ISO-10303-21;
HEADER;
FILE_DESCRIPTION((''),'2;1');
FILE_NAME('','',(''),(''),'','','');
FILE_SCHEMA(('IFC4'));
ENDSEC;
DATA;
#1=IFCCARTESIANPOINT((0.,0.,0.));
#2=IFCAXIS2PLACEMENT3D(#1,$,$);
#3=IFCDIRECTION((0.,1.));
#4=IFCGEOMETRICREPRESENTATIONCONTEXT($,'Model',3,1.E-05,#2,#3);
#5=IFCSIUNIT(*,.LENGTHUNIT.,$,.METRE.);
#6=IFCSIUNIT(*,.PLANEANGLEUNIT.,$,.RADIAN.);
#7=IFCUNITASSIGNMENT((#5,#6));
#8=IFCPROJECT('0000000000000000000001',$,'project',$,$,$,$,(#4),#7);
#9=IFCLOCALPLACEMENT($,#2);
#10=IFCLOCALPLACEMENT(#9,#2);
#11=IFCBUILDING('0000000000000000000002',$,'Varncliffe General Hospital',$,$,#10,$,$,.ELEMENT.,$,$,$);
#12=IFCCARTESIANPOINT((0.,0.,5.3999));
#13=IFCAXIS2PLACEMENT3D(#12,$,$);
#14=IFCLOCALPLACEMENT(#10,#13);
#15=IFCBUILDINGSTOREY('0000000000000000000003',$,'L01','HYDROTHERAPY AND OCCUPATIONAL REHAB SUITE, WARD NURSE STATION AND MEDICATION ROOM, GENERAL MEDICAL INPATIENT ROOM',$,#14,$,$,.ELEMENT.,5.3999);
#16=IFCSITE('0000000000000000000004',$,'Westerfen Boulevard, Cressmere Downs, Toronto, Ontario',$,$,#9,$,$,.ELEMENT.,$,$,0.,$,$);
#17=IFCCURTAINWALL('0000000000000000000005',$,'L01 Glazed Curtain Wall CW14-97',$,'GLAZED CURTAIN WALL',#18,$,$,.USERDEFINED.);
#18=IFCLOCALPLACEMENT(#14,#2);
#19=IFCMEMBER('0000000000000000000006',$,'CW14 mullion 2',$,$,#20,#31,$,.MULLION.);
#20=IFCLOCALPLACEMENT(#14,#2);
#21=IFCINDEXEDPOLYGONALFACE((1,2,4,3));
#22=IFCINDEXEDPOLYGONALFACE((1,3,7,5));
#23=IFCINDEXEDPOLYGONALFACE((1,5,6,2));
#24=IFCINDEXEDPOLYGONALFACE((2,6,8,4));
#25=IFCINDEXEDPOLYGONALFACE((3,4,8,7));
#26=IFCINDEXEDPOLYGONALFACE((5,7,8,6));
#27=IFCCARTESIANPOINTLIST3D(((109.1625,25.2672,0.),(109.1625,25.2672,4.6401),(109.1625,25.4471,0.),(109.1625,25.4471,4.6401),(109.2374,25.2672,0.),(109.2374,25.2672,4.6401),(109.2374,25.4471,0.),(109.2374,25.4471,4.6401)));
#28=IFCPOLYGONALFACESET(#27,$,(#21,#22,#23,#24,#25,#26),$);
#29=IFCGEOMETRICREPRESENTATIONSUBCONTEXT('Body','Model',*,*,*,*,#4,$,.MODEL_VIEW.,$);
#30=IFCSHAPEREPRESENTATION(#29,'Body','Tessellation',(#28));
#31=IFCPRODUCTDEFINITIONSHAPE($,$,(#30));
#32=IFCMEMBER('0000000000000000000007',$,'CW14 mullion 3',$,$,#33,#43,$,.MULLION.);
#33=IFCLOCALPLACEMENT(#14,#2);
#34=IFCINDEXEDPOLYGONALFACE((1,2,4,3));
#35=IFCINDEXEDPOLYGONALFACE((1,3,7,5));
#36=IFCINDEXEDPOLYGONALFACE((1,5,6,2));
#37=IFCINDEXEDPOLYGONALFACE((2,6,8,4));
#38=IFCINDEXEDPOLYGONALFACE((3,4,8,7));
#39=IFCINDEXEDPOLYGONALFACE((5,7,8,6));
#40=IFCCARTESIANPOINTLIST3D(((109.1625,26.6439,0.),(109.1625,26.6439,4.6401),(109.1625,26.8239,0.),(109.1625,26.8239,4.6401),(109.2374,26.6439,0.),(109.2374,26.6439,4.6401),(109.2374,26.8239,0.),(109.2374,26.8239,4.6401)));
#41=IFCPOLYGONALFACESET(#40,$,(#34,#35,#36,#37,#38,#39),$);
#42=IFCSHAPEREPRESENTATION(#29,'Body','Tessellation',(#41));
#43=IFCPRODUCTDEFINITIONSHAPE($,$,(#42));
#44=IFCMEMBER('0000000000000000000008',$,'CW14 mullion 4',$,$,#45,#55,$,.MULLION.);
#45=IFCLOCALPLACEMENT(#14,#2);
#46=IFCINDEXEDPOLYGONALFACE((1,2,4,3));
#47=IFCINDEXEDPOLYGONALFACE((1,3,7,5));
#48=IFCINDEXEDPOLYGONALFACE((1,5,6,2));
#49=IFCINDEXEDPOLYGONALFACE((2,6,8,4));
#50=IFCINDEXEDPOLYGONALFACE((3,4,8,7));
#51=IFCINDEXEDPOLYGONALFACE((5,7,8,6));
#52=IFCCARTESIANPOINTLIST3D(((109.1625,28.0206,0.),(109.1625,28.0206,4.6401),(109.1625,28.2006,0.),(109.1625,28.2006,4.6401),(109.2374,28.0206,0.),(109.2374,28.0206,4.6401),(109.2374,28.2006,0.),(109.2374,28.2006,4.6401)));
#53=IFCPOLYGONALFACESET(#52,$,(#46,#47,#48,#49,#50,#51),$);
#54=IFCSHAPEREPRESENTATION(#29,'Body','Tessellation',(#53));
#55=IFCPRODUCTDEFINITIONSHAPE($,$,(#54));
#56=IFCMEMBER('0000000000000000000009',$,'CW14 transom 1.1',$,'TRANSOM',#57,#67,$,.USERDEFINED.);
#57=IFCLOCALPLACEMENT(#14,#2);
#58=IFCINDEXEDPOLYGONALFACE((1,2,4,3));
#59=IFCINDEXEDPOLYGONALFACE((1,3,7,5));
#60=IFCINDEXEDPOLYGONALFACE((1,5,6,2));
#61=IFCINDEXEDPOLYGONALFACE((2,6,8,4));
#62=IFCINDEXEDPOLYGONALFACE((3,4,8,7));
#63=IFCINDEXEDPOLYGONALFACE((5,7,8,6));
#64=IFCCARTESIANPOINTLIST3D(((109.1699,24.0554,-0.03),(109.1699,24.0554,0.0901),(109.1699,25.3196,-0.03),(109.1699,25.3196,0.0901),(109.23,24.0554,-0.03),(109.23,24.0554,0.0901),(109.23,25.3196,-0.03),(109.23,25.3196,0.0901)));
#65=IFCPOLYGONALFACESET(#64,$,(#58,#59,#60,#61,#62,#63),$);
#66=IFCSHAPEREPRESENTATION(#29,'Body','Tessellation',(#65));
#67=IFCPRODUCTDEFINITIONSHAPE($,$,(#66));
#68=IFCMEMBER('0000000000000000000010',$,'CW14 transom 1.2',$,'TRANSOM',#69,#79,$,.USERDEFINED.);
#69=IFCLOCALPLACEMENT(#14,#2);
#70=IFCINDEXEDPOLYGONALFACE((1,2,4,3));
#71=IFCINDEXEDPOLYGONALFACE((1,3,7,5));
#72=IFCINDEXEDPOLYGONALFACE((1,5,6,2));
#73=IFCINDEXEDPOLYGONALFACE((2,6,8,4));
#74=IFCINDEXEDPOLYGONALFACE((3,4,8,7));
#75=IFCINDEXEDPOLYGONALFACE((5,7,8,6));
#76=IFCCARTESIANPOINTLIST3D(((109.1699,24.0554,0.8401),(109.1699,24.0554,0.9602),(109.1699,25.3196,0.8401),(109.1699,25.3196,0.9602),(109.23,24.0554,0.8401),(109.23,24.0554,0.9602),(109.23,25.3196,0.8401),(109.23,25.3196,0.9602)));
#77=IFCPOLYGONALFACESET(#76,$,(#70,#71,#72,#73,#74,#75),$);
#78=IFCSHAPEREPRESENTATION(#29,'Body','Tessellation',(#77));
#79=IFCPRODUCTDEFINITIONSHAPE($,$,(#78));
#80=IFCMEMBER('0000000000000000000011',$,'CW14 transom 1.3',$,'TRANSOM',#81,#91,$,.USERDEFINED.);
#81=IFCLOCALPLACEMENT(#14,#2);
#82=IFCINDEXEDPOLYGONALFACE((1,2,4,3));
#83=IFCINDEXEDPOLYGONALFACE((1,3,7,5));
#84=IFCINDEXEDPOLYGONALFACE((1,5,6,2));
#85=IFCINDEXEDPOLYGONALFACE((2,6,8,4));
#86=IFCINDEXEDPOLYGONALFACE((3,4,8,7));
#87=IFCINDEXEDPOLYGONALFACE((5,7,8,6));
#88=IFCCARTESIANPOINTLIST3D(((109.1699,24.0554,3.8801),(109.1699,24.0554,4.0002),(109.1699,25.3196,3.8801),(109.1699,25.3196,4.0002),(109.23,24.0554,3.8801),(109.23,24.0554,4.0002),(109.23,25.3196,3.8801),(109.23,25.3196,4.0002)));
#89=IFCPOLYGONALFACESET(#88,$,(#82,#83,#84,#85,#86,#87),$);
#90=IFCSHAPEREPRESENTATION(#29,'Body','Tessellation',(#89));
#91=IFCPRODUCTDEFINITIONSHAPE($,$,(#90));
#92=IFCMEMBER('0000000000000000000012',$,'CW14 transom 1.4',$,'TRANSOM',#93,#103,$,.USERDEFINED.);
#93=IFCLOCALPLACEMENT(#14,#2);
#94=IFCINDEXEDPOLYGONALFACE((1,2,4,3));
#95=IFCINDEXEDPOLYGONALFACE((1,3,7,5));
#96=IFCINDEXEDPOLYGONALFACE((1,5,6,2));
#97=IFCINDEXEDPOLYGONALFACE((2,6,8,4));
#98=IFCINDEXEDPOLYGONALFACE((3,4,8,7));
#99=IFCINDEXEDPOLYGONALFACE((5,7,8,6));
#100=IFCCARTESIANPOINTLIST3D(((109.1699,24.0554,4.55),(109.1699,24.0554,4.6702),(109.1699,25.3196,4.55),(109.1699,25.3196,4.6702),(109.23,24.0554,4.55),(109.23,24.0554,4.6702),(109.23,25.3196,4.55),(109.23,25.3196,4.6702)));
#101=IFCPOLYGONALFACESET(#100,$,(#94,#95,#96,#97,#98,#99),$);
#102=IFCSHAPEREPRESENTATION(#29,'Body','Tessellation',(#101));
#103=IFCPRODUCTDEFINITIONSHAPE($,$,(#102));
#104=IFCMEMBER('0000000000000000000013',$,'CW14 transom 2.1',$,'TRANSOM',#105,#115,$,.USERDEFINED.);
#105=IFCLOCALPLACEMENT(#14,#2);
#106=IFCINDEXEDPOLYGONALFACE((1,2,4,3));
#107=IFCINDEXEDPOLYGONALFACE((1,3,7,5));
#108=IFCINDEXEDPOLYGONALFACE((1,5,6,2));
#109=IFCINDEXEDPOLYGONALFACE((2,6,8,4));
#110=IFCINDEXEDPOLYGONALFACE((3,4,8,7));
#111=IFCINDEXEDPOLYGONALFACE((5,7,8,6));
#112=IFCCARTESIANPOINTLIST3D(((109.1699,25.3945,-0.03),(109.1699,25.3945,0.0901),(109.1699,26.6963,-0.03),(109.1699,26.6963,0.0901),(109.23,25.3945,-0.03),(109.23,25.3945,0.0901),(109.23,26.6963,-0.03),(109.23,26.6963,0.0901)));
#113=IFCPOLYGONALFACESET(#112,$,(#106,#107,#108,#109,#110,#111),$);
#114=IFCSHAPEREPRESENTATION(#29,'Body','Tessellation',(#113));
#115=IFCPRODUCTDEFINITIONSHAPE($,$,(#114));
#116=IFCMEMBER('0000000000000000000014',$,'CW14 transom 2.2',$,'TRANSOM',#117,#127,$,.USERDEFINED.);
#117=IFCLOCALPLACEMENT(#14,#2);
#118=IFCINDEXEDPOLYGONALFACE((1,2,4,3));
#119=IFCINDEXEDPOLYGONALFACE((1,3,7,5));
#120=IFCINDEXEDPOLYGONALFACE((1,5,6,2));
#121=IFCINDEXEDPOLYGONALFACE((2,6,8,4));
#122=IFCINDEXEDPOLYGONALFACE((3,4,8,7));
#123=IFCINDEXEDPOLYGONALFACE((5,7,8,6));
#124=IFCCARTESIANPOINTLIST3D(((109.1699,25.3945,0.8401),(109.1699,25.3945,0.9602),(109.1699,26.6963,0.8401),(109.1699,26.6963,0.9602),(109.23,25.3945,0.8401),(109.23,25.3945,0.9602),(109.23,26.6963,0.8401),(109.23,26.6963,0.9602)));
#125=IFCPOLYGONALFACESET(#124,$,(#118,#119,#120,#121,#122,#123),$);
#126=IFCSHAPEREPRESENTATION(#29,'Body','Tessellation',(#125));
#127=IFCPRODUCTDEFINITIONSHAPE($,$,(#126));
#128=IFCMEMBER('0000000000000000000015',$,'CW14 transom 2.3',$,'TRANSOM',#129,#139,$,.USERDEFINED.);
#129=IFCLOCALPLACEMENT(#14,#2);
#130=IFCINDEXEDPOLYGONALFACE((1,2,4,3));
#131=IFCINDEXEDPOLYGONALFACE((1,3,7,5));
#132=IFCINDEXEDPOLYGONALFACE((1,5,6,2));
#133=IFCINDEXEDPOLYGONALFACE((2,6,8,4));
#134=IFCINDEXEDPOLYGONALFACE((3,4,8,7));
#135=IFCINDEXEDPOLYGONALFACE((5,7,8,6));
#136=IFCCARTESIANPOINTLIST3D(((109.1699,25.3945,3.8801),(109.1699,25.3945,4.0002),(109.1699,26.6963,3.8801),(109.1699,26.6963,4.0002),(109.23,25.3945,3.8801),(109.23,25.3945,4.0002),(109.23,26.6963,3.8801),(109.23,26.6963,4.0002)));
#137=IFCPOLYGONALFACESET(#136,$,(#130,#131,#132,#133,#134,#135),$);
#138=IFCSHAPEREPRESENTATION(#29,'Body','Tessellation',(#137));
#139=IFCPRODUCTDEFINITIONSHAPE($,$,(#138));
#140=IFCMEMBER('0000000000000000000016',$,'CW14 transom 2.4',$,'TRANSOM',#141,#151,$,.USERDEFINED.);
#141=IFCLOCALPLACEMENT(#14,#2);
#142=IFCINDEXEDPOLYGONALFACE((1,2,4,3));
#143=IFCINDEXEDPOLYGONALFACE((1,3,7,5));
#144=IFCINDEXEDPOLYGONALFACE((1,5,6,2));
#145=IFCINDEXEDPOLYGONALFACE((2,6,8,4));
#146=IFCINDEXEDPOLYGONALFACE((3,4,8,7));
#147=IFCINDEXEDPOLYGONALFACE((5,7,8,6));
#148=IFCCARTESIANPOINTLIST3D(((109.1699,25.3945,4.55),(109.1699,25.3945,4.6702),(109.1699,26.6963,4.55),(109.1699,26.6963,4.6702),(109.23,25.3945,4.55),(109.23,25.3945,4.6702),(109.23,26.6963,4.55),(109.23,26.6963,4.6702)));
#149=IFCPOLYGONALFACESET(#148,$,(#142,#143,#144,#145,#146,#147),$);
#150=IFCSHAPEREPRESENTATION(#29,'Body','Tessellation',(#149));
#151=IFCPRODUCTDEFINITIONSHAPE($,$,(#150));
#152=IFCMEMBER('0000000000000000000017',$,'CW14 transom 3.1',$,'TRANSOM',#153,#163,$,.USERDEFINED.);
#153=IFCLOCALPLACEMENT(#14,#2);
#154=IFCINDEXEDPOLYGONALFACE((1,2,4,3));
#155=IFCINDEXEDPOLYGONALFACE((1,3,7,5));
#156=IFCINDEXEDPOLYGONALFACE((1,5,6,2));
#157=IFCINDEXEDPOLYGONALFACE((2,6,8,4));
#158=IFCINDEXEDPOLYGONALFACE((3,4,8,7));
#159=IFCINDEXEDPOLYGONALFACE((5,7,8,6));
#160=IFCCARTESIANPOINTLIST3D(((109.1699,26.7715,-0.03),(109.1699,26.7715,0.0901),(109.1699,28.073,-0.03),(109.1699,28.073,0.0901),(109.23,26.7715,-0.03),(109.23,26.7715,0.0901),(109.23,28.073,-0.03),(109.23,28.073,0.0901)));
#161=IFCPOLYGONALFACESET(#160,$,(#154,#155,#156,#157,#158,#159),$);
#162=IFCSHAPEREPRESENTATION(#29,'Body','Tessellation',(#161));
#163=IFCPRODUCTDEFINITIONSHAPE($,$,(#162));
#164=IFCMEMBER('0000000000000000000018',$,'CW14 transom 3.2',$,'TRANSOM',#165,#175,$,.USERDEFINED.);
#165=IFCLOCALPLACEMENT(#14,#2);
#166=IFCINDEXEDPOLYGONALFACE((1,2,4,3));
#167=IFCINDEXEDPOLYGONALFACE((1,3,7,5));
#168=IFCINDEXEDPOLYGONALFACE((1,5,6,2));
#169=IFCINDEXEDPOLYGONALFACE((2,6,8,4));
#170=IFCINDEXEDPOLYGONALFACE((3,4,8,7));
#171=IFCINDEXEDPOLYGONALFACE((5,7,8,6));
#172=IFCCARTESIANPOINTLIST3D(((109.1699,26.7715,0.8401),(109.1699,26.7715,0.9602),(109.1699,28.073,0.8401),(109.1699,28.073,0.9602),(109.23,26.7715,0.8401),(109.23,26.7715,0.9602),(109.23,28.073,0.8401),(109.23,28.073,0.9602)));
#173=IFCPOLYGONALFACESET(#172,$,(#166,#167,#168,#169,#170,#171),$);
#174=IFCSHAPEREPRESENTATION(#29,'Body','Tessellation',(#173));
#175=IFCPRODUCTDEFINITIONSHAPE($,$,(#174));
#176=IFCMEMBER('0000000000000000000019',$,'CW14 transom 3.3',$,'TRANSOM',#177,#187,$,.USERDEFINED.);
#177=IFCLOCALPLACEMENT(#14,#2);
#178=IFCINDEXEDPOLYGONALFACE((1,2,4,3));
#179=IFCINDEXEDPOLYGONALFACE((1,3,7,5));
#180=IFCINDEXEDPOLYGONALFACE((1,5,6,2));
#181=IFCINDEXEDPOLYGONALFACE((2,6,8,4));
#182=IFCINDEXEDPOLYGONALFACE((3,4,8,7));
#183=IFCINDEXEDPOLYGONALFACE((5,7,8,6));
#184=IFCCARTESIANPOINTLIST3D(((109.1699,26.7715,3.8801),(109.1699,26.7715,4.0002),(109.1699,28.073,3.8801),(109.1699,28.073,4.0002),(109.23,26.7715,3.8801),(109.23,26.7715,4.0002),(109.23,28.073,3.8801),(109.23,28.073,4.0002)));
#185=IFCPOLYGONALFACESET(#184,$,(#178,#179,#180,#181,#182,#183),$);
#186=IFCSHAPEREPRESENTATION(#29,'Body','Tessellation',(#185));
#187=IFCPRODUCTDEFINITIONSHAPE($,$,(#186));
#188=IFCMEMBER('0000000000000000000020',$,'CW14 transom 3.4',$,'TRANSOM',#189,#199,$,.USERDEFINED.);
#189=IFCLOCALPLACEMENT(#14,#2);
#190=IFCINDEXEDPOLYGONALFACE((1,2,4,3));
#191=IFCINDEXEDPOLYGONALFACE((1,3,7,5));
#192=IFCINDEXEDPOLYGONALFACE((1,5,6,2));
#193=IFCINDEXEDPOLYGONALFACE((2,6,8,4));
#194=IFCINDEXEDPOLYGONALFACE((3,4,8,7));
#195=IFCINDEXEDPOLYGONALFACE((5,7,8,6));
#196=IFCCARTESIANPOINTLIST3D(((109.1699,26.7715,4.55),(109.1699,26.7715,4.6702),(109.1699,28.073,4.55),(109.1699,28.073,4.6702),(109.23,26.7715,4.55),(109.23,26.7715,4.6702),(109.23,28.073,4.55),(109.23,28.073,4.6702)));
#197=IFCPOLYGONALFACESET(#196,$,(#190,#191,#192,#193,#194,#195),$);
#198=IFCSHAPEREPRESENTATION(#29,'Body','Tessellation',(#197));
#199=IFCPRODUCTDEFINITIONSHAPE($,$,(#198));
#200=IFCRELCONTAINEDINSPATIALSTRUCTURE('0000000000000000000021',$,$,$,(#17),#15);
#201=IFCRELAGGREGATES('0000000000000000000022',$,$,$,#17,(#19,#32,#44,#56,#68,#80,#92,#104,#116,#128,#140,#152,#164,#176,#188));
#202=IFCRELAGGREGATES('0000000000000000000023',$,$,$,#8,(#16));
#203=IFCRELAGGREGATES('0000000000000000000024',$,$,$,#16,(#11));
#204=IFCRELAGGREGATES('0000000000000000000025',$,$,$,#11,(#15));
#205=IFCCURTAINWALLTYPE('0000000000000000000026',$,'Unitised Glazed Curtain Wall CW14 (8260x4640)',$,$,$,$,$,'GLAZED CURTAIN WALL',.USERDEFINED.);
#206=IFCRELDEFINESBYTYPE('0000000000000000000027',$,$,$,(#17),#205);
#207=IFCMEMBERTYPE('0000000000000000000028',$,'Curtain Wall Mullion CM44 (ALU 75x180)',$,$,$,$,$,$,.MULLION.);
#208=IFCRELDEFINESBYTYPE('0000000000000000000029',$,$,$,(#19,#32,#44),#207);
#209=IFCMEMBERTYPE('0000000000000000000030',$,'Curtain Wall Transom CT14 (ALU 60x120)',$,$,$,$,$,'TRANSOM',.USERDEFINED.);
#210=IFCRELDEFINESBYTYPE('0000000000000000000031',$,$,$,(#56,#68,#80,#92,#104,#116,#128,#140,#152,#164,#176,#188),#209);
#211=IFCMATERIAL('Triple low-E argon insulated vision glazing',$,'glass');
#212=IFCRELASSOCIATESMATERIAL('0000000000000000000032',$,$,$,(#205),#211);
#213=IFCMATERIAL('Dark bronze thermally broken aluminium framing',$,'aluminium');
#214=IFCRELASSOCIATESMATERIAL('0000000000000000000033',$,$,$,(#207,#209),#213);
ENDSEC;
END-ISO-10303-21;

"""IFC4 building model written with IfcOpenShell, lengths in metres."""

from ifc_helpers import new_model, si_unit, direction, frame, origin, origin_2d, place, context, subcontext, project, spatial, rectangle, extrude, material, material_profile, profile_set, type_object, element, aggregate, save


model = new_model("IFC4")

# Units and contexts
model_context = context("Model", 3, precision=1e-05, world=origin(), true_north=direction((0.0, 1.0)))
body_context = subcontext(model_context, "Body", "Model", "MODEL_VIEW")
ifc_project = project(units=[si_unit("LENGTHUNIT", "METRE"), si_unit("PLANEANGLEUNIT", "RADIAN")], contexts=[model_context])

# Site, building, storey
site_placement = place(None, origin())
site = spatial("IfcSite", under=ifc_project, at=site_placement, Name="Westerfen Boulevard, Cressmere Downs, Toronto, Ontario", CompositionType="ELEMENT", RefElevation=0.0)
building_placement = place(site_placement, origin())
building = spatial("IfcBuilding", under=site, at=building_placement, Name="Varncliffe General Hospital", CompositionType="ELEMENT")
storey_placement = place(building_placement, frame((0.0, 0.0, 5.3999)))
storey = spatial("IfcBuildingStorey", under=building, at=storey_placement, Name="L01", Description="HYDROTHERAPY AND OCCUPATIONAL REHAB SUITE, WARD NURSE STATION AND MEDICATION ROOM, GENERAL MEDICAL INPATIENT ROOM", CompositionType="ELEMENT", Elevation=5.3999)

# Curtain wall, members
ifc_material_1 = material(Name="Triple low-E argon insulated vision glazing", Category="glass")
curtain_wall_type = type_object("IfcCurtainWallType", Name="Unitised Glazed Curtain Wall CW14 (8260x4640)", ElementType="GLAZED CURTAIN WALL", PredefinedType="USERDEFINED", material=ifc_material_1)
curtain_wall_placement = place(storey_placement, origin())
curtain_wall = element("IfcCurtainWall", 1, at=curtain_wall_placement, inside=storey, type_object=curtain_wall_type, Name="L01 Glazed Curtain Wall CW14-97", ObjectType="GLAZED CURTAIN WALL", PredefinedType="USERDEFINED")
ifc_material_2 = material(Name="Dark bronze thermally broken aluminium framing", Category="aluminium")
ifc_material_profile_1 = material_profile(ifc_material_2, rectangle(XDim=0.075, YDim=0.1799, at=origin_2d()), Name="ALU 75x180")
ifc_profile_set_1 = profile_set([ifc_material_profile_1], Name="Dark bronze thermally broken aluminium framing")
member_type_1 = type_object("IfcMemberType", Name="Curtain Wall Mullion CM44 (ALU 75x180)", PredefinedType="MULLION", material=ifc_profile_set_1)
member_1_placement = place(storey_placement, frame((109.2, 25.3572, 0.0), z_axis=(0.0, 0.0, 1.0), x_axis=(-1.0, 0.0, 0.0)))
member_1 = element("IfcMember", 2, at=member_1_placement, type_object=member_type_1, Name="CW14 mullion 2", PredefinedType="MULLION", context=body_context, shape_type="SweptSolid", body=[
    extrude(rectangle(XDim=0.075, YDim=0.1799, at=origin_2d()), origin(), (0.0, 0.0, 1.0), 4.6401),
])
member_2_placement = place(storey_placement, frame((109.2, 26.7339, 0.0), z_axis=(0.0, 0.0, 1.0), x_axis=(-1.0, 0.0, 0.0)))
member_2 = element("IfcMember", 3, at=member_2_placement, type_object=member_type_1, Name="CW14 mullion 3", PredefinedType="MULLION", context=body_context, shape_type="SweptSolid", body=[
    extrude(rectangle(XDim=0.075, YDim=0.1799, at=origin_2d()), origin(), (0.0, 0.0, 1.0), 4.6401),
])
member_3_placement = place(storey_placement, frame((109.2, 28.1106, 0.0), z_axis=(0.0, 0.0, 1.0), x_axis=(-1.0, 0.0, 0.0)))
member_3 = element("IfcMember", 4, at=member_3_placement, type_object=member_type_1, Name="CW14 mullion 4", PredefinedType="MULLION", context=body_context, shape_type="SweptSolid", body=[
    extrude(rectangle(XDim=0.075, YDim=0.1799, at=origin_2d()), origin(), (0.0, 0.0, 1.0), 4.6401),
])
ifc_material_profile_2 = material_profile(ifc_material_2, rectangle(XDim=0.0601, YDim=0.1201, at=origin_2d()), Name="ALU 60x120")
ifc_profile_set_2 = profile_set([ifc_material_profile_2], Name="Dark bronze thermally broken aluminium framing")
member_type_2 = type_object("IfcMemberType", Name="Curtain Wall Transom CT14 (ALU 60x120)", ElementType="TRANSOM", PredefinedType="USERDEFINED", material=ifc_profile_set_2)
member_4_placement = place(storey_placement, frame((109.2, 24.0554, 0.03), z_axis=(0.0, 1.0, 0.0), x_axis=(-1.0, 0.0, 0.0)))
member_4 = element("IfcMember", 5, at=member_4_placement, type_object=member_type_2, Name="CW14 transom 1.1", ObjectType="TRANSOM", PredefinedType="USERDEFINED", context=body_context, shape_type="SweptSolid", body=[
    extrude(rectangle(XDim=0.0601, YDim=0.1201, at=origin_2d()), origin(), (0.0, 0.0, 1.0), 1.2642),
])
member_5_placement = place(storey_placement, frame((109.2, 24.0554, 0.9001), z_axis=(0.0, 1.0, 0.0), x_axis=(-1.0, 0.0, 0.0)))
member_5 = element("IfcMember", 6, at=member_5_placement, type_object=member_type_2, Name="CW14 transom 1.2", ObjectType="TRANSOM", PredefinedType="USERDEFINED", context=body_context, shape_type="SweptSolid", body=[
    extrude(rectangle(XDim=0.0601, YDim=0.1201, at=origin_2d()), origin(), (0.0, 0.0, 1.0), 1.2642),
])
member_6_placement = place(storey_placement, frame((109.2, 24.0554, 3.9402), z_axis=(0.0, 1.0, 0.0), x_axis=(-1.0, 0.0, 0.0)))
member_6 = element("IfcMember", 7, at=member_6_placement, type_object=member_type_2, Name="CW14 transom 1.3", ObjectType="TRANSOM", PredefinedType="USERDEFINED", context=body_context, shape_type="SweptSolid", body=[
    extrude(rectangle(XDim=0.0601, YDim=0.1201, at=origin_2d()), origin(), (0.0, 0.0, 1.0), 1.2642),
])
member_7_placement = place(storey_placement, frame((109.2, 24.0554, 4.6101), z_axis=(0.0, 1.0, 0.0), x_axis=(-1.0, 0.0, 0.0)))
member_7 = element("IfcMember", 8, at=member_7_placement, type_object=member_type_2, Name="CW14 transom 1.4", ObjectType="TRANSOM", PredefinedType="USERDEFINED", context=body_context, shape_type="SweptSolid", body=[
    extrude(rectangle(XDim=0.0601, YDim=0.1201, at=origin_2d()), origin(), (0.0, 0.0, 1.0), 1.2642),
])
member_8_placement = place(storey_placement, frame((109.2, 25.3945, 0.03), z_axis=(0.0, 1.0, 0.0), x_axis=(-1.0, 0.0, 0.0)))
member_8 = element("IfcMember", 9, at=member_8_placement, type_object=member_type_2, Name="CW14 transom 2.1", ObjectType="TRANSOM", PredefinedType="USERDEFINED", context=body_context, shape_type="SweptSolid", body=[
    extrude(rectangle(XDim=0.0601, YDim=0.1201, at=origin_2d()), origin(), (0.0, 0.0, 1.0), 1.3018),
])
member_9_placement = place(storey_placement, frame((109.2, 25.3945, 0.9001), z_axis=(0.0, 1.0, 0.0), x_axis=(-1.0, 0.0, 0.0)))
member_9 = element("IfcMember", 10, at=member_9_placement, type_object=member_type_2, Name="CW14 transom 2.2", ObjectType="TRANSOM", PredefinedType="USERDEFINED", context=body_context, shape_type="SweptSolid", body=[
    extrude(rectangle(XDim=0.0601, YDim=0.1201, at=origin_2d()), origin(), (0.0, 0.0, 1.0), 1.3018),
])
member_10_placement = place(storey_placement, frame((109.2, 25.3945, 3.9402), z_axis=(0.0, 1.0, 0.0), x_axis=(-1.0, 0.0, 0.0)))
member_10 = element("IfcMember", 11, at=member_10_placement, type_object=member_type_2, Name="CW14 transom 2.3", ObjectType="TRANSOM", PredefinedType="USERDEFINED", context=body_context, shape_type="SweptSolid", body=[
    extrude(rectangle(XDim=0.0601, YDim=0.1201, at=origin_2d()), origin(), (0.0, 0.0, 1.0), 1.3018),
])
member_11_placement = place(storey_placement, frame((109.2, 25.3945, 4.6101), z_axis=(0.0, 1.0, 0.0), x_axis=(-1.0, 0.0, 0.0)))
member_11 = element("IfcMember", 12, at=member_11_placement, type_object=member_type_2, Name="CW14 transom 2.4", ObjectType="TRANSOM", PredefinedType="USERDEFINED", context=body_context, shape_type="SweptSolid", body=[
    extrude(rectangle(XDim=0.0601, YDim=0.1201, at=origin_2d()), origin(), (0.0, 0.0, 1.0), 1.3018),
])
member_12_placement = place(storey_placement, frame((109.2, 26.7715, 0.03), z_axis=(0.0, 1.0, 0.0), x_axis=(-1.0, 0.0, 0.0)))
member_12 = element("IfcMember", 13, at=member_12_placement, type_object=member_type_2, Name="CW14 transom 3.1", ObjectType="TRANSOM", PredefinedType="USERDEFINED", context=body_context, shape_type="SweptSolid", body=[
    extrude(rectangle(XDim=0.0601, YDim=0.1201, at=origin_2d()), origin(), (0.0, 0.0, 1.0), 1.3015),
])
member_13_placement = place(storey_placement, frame((109.2, 26.7715, 0.9001), z_axis=(0.0, 1.0, 0.0), x_axis=(-1.0, 0.0, 0.0)))
member_13 = element("IfcMember", 14, at=member_13_placement, type_object=member_type_2, Name="CW14 transom 3.2", ObjectType="TRANSOM", PredefinedType="USERDEFINED", context=body_context, shape_type="SweptSolid", body=[
    extrude(rectangle(XDim=0.0601, YDim=0.1201, at=origin_2d()), origin(), (0.0, 0.0, 1.0), 1.3015),
])
member_14_placement = place(storey_placement, frame((109.2, 26.7715, 3.9402), z_axis=(0.0, 1.0, 0.0), x_axis=(-1.0, 0.0, 0.0)))
member_14 = element("IfcMember", 15, at=member_14_placement, type_object=member_type_2, Name="CW14 transom 3.3", ObjectType="TRANSOM", PredefinedType="USERDEFINED", context=body_context, shape_type="SweptSolid", body=[
    extrude(rectangle(XDim=0.0601, YDim=0.1201, at=origin_2d()), origin(), (0.0, 0.0, 1.0), 1.3015),
])
member_15_placement = place(storey_placement, frame((109.2, 26.7715, 4.6101), z_axis=(0.0, 1.0, 0.0), x_axis=(-1.0, 0.0, 0.0)))
member_15 = element("IfcMember", 16, at=member_15_placement, type_object=member_type_2, Name="CW14 transom 3.4", ObjectType="TRANSOM", PredefinedType="USERDEFINED", context=body_context, shape_type="SweptSolid", body=[
    extrude(rectangle(XDim=0.0601, YDim=0.1201, at=origin_2d()), origin(), (0.0, 0.0, 1.0), 1.3015),
])
aggregate(curtain_wall, [member_1, member_2, member_3, member_4, member_5, member_6, member_7, member_8, member_9, member_10, member_11, member_12, member_13, member_14, member_15])

save(model, "model.ifc")
